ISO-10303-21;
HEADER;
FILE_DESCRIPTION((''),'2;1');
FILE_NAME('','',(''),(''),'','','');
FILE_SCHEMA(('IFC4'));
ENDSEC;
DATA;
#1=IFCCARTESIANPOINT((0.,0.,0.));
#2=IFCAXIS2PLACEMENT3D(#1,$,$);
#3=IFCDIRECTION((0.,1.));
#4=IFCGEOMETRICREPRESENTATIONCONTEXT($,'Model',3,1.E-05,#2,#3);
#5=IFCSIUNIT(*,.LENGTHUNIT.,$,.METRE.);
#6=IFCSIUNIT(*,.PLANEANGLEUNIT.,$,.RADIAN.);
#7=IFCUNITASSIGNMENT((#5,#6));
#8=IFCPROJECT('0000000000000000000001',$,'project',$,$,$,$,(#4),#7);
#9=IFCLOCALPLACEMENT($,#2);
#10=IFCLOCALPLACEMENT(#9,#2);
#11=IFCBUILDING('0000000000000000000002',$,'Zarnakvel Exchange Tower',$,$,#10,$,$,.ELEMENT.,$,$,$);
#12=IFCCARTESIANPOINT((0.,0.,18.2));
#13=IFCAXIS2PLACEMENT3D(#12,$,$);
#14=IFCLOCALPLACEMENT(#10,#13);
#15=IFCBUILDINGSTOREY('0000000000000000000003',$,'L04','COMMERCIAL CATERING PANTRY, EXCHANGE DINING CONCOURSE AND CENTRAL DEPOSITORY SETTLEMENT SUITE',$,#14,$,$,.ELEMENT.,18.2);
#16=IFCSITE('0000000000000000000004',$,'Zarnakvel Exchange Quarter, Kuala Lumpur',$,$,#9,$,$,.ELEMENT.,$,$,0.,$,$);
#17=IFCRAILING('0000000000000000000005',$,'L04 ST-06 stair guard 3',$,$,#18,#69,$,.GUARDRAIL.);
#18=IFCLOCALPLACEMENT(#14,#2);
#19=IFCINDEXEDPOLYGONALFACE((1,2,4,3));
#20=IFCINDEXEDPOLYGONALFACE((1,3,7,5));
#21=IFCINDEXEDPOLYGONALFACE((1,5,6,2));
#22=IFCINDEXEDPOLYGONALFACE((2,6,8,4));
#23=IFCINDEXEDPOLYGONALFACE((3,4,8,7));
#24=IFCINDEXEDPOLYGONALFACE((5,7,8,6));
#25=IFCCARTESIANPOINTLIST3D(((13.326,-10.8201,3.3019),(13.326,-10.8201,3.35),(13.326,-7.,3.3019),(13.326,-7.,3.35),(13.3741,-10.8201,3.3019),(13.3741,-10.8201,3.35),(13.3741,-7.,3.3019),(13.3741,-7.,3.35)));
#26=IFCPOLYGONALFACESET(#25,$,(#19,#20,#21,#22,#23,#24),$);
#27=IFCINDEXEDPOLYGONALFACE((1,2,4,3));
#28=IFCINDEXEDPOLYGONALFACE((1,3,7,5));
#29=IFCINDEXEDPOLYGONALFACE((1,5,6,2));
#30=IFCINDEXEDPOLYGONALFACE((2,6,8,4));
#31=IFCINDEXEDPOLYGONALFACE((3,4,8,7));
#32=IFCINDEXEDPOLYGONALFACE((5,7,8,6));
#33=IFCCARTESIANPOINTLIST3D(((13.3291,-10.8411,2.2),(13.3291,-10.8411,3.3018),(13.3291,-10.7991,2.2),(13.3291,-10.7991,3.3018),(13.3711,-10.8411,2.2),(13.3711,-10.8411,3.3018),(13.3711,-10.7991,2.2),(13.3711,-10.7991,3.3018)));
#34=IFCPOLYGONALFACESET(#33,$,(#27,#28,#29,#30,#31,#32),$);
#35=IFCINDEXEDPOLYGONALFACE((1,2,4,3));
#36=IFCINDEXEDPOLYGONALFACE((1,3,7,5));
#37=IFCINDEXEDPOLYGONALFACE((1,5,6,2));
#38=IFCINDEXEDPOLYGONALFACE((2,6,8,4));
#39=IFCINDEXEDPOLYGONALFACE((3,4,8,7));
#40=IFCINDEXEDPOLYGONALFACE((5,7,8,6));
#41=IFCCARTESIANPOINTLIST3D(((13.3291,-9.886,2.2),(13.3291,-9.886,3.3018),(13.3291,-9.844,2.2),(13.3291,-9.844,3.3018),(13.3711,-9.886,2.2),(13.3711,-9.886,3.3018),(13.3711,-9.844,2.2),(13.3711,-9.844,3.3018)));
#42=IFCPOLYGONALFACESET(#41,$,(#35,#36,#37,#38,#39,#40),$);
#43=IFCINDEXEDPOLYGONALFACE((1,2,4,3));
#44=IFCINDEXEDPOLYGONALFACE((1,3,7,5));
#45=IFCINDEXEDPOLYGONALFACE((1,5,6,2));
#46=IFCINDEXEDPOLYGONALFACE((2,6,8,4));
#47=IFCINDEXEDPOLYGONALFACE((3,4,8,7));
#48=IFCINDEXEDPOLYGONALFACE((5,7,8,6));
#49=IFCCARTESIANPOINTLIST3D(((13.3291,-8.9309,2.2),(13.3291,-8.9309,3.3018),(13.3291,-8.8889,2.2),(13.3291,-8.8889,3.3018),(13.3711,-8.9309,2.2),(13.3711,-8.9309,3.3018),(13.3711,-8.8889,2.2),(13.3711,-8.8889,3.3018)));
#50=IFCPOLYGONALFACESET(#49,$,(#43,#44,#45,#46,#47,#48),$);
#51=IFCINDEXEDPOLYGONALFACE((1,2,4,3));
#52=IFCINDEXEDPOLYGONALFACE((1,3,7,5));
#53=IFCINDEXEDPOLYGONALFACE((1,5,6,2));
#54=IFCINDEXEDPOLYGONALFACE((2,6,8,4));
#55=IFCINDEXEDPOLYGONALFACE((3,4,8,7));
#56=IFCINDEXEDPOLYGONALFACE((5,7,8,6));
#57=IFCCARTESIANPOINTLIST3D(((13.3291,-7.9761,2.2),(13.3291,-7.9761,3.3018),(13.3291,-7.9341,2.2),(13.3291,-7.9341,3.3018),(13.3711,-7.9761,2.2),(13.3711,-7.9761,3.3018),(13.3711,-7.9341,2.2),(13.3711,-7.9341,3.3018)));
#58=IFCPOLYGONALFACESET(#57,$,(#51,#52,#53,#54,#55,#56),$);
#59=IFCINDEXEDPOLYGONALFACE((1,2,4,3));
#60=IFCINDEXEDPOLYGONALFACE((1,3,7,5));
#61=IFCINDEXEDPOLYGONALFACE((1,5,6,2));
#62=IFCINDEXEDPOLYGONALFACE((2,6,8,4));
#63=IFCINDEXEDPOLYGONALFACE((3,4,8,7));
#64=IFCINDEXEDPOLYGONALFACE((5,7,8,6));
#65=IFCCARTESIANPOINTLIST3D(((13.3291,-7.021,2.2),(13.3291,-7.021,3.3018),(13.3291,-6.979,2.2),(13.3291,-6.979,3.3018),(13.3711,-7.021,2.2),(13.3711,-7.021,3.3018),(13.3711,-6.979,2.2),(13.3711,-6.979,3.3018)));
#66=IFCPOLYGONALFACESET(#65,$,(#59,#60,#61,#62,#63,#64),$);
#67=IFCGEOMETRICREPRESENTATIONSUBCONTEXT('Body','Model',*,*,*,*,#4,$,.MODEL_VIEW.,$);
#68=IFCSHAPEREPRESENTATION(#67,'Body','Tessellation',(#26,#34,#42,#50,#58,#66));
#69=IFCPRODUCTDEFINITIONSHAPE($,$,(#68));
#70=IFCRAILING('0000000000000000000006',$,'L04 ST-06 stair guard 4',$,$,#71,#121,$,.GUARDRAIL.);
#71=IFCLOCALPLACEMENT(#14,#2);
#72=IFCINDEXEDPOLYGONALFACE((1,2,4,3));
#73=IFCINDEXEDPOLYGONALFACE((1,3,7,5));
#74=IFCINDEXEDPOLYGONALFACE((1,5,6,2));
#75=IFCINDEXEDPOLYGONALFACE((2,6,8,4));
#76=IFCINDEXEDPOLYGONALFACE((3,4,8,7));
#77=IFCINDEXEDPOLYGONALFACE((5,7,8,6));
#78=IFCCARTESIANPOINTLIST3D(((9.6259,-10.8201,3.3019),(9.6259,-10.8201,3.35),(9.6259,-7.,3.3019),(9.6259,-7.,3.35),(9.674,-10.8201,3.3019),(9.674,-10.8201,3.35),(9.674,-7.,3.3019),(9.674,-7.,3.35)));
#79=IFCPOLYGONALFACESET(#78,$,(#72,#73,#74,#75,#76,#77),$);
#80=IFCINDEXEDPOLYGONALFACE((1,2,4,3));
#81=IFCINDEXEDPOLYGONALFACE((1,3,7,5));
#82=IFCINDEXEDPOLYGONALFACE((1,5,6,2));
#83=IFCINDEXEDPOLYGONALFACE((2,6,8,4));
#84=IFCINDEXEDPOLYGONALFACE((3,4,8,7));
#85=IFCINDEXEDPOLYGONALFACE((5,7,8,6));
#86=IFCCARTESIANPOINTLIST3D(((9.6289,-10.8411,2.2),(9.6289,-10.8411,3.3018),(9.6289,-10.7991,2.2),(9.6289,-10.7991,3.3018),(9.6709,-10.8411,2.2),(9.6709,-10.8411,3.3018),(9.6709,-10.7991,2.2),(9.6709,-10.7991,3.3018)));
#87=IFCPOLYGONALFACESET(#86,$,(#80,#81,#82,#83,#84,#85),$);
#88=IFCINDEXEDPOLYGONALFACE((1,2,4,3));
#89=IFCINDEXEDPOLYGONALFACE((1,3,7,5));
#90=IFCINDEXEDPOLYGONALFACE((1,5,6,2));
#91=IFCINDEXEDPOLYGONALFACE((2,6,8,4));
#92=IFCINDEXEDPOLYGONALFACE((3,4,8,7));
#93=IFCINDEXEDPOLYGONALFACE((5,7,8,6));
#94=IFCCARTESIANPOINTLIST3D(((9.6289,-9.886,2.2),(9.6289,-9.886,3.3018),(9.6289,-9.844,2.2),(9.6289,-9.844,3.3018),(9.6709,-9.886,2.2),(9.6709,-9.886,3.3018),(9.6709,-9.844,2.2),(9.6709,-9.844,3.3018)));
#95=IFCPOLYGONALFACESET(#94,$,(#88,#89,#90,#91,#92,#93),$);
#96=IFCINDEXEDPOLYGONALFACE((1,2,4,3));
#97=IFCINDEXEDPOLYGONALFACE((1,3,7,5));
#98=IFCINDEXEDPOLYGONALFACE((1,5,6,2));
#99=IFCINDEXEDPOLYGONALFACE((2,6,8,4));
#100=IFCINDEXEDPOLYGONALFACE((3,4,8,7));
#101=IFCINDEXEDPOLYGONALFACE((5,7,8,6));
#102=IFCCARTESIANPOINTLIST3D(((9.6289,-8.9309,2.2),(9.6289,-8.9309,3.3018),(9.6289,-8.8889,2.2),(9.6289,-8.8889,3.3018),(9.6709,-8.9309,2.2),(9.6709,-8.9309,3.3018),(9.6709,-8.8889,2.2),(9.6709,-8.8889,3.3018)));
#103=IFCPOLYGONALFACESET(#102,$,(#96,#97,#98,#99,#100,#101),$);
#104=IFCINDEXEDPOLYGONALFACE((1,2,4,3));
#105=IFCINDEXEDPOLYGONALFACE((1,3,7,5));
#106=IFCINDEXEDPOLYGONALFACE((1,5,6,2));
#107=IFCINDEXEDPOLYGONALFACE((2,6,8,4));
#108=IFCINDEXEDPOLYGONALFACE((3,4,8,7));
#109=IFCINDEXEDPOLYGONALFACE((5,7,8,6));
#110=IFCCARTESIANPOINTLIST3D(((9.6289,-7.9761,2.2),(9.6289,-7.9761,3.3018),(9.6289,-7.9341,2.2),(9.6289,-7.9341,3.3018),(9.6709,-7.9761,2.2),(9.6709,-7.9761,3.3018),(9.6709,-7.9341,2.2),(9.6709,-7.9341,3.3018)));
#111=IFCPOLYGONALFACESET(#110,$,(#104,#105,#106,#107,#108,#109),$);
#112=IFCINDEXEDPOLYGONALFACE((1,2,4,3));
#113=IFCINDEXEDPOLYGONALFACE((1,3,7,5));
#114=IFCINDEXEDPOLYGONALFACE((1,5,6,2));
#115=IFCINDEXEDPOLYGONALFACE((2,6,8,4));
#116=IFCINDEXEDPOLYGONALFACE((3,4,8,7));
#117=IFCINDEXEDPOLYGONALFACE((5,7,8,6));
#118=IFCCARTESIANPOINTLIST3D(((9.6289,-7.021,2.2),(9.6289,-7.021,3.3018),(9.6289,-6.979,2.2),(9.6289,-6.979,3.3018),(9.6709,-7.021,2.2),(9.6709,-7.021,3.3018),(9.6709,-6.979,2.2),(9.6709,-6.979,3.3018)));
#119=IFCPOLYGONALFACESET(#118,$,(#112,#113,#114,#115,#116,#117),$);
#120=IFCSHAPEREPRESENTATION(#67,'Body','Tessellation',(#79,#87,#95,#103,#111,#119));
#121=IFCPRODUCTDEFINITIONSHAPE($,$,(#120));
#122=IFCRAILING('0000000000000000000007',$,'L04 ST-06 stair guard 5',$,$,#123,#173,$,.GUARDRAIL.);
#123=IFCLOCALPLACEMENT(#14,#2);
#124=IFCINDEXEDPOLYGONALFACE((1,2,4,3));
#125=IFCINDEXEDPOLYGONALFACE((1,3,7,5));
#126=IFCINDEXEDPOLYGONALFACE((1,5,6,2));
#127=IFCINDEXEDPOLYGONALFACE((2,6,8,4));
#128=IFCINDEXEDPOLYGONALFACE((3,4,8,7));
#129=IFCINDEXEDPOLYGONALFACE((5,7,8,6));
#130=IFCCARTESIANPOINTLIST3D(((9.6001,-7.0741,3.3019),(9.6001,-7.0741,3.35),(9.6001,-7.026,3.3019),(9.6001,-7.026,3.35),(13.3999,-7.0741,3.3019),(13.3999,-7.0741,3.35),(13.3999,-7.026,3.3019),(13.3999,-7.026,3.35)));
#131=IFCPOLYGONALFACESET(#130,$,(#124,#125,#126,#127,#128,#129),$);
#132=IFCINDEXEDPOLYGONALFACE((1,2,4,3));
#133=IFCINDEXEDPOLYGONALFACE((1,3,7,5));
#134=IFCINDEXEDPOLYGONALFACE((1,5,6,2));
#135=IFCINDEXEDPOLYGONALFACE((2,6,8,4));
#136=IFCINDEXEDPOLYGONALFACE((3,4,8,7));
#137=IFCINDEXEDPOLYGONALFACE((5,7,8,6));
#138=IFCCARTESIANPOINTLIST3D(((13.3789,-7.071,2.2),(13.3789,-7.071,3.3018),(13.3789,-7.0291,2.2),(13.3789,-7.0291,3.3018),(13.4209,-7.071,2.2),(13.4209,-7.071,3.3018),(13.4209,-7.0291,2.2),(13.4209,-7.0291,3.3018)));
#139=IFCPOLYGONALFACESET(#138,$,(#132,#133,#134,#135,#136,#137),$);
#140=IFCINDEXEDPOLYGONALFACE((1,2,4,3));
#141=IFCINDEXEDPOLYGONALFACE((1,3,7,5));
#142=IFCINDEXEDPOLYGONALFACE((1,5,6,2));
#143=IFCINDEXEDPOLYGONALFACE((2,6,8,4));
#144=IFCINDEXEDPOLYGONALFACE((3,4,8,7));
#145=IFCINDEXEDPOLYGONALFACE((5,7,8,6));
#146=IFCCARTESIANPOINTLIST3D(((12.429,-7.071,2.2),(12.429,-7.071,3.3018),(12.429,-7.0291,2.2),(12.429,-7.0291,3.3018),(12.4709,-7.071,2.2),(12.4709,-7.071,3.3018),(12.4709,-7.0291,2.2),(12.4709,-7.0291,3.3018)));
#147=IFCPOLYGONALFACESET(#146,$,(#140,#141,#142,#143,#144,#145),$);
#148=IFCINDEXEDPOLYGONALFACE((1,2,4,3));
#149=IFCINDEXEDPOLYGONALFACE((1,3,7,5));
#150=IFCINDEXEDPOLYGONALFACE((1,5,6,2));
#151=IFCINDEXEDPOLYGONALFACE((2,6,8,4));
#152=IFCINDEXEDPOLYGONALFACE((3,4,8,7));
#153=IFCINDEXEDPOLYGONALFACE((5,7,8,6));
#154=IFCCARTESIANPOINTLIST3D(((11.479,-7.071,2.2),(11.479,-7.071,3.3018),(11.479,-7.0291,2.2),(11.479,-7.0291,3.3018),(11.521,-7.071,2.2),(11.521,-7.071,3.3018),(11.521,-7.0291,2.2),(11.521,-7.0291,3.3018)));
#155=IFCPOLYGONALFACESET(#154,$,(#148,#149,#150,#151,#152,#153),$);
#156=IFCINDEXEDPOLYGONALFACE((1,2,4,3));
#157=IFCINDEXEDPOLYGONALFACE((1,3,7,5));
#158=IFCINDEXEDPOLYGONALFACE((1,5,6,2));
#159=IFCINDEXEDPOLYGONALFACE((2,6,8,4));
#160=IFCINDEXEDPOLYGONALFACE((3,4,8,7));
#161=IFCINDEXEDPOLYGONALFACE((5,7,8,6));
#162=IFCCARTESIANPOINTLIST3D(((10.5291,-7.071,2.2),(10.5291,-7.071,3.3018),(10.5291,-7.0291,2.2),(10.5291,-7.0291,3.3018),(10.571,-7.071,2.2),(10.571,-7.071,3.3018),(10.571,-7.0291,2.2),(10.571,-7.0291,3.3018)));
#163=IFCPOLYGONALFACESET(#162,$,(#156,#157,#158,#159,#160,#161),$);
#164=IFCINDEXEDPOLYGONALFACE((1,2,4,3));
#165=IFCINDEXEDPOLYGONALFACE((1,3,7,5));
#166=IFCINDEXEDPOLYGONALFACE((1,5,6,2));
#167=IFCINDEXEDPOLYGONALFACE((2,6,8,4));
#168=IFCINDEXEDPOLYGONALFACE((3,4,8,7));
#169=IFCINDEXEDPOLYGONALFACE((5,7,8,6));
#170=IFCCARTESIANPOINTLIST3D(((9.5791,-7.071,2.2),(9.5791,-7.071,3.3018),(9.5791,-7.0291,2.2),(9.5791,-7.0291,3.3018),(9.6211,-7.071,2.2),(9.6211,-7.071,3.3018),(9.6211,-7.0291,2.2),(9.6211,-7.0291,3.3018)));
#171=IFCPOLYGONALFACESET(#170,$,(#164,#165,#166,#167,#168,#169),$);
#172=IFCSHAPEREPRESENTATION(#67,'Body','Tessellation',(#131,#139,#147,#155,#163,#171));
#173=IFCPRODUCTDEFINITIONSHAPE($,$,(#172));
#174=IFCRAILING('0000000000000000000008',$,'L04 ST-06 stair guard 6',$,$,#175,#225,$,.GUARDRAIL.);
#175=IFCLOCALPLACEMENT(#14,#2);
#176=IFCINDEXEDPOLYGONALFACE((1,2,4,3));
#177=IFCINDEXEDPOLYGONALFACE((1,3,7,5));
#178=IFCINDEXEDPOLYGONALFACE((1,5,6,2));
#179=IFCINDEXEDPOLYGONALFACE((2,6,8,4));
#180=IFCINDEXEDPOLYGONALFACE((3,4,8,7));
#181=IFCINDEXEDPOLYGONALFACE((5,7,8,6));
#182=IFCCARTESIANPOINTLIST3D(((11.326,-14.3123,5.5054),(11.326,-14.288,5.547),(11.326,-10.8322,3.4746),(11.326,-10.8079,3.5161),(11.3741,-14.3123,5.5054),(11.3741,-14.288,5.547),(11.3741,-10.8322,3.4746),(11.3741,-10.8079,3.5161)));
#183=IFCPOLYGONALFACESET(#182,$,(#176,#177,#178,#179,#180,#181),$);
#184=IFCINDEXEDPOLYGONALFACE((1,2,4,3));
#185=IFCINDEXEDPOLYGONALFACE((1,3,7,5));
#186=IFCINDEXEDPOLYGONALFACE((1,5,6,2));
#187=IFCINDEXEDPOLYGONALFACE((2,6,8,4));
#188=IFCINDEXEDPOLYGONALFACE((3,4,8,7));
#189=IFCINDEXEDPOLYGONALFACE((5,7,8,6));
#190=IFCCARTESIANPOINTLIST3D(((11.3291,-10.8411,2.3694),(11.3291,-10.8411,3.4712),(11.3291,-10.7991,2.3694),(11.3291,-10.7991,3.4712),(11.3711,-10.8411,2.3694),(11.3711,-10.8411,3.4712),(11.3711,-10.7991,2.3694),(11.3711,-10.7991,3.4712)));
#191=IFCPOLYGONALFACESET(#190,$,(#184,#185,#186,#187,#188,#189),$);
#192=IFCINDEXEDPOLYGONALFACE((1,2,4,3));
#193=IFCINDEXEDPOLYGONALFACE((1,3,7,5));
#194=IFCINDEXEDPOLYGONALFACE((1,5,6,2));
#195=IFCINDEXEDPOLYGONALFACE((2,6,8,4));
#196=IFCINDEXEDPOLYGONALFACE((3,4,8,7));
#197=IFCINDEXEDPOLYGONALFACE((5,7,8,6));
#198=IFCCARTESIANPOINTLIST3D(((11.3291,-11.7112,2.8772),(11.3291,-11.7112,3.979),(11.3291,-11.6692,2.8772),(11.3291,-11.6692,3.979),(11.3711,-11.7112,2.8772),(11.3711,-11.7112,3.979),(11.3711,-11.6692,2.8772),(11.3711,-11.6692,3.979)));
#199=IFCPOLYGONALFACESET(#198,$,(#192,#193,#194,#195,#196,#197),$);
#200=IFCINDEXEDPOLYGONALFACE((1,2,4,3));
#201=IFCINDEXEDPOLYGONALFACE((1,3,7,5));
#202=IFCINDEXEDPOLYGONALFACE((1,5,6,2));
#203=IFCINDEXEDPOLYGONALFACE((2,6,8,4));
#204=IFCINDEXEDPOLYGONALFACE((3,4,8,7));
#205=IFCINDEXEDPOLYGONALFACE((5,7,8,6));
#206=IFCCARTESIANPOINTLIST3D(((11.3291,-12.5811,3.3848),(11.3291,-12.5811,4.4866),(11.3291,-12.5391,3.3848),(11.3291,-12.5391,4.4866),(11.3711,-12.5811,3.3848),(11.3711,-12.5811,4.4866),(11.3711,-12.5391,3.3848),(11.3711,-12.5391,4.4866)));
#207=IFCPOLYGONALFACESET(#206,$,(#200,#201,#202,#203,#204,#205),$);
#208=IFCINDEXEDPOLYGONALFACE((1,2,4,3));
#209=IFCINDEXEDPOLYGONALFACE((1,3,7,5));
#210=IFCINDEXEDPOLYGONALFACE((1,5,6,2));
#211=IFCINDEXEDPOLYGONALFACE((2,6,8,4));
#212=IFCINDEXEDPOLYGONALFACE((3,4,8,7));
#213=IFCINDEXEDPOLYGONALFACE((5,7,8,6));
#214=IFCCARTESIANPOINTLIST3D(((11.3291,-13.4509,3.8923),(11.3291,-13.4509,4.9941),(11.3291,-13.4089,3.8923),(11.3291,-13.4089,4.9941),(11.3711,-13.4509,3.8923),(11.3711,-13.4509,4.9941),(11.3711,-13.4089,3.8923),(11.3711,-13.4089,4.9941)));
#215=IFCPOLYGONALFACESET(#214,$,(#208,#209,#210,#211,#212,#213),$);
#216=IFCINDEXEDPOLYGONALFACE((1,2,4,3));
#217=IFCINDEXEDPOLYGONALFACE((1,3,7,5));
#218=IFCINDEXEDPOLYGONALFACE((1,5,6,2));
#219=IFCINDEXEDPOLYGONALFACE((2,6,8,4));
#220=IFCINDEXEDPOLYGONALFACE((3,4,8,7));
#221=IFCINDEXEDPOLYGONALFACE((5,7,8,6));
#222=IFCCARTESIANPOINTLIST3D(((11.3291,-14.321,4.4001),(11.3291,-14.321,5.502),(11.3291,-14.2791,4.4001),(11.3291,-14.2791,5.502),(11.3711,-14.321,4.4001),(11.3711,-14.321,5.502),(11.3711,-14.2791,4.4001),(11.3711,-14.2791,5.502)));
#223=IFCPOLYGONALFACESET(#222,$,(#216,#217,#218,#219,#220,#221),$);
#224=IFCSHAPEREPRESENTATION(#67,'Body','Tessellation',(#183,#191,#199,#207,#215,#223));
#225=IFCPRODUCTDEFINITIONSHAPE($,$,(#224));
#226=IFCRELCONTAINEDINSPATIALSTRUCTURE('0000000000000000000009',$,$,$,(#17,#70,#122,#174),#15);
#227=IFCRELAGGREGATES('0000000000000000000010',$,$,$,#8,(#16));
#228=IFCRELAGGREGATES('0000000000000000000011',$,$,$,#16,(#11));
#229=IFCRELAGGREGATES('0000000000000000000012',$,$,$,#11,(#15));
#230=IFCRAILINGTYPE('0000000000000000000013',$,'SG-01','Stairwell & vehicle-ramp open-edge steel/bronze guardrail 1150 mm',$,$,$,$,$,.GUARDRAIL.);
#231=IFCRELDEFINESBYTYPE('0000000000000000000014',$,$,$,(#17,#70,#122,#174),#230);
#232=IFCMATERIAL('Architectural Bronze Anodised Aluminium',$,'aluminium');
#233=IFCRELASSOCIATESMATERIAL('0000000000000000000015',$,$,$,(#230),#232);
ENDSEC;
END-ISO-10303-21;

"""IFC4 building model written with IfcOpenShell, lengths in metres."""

from ifc_helpers import new_model, si_unit, direction, frame, origin, origin_2d, place, context, subcontext, project, spatial, rectangle, extrude, material, type_object, element, save


model = new_model("IFC4")

# Units and contexts
model_context = context("Model", 3, precision=1e-05, world=origin(), true_north=direction((0.0, 1.0)))
body_context = subcontext(model_context, "Body", "Model", "MODEL_VIEW")
ifc_project = project(units=[si_unit("LENGTHUNIT", "METRE"), si_unit("PLANEANGLEUNIT", "RADIAN")], contexts=[model_context])

# Site, building, storey
site_placement = place(None, origin())
site = spatial("IfcSite", under=ifc_project, at=site_placement, Name="Zarnakvel Exchange Quarter, Kuala Lumpur", CompositionType="ELEMENT", RefElevation=0.0)
building_placement = place(site_placement, origin())
building = spatial("IfcBuilding", under=site, at=building_placement, Name="Zarnakvel Exchange Tower", CompositionType="ELEMENT")
storey_placement = place(building_placement, frame((0.0, 0.0, 18.2)))
storey = spatial("IfcBuildingStorey", under=building, at=storey_placement, Name="L04", Description="COMMERCIAL CATERING PANTRY, EXCHANGE DINING CONCOURSE AND CENTRAL DEPOSITORY SETTLEMENT SUITE", CompositionType="ELEMENT", Elevation=18.2)

# Railings
ifc_material_1 = material(Name="Architectural Bronze Anodised Aluminium", Category="aluminium")
railing_type_1 = type_object("IfcRailingType", Name="SG-01", Description="Stairwell & vehicle-ramp open-edge steel/bronze guardrail 1150 mm", PredefinedType="GUARDRAIL", material=ifc_material_1)
for number, where, name in (
    (1, (13.3501, -10.8201, 2.2), "L04 ST-06 stair guard 3"),
    (2, (9.6499, -10.8201, 2.2), "L04 ST-06 stair guard 4"),
):
    element("IfcRailing", number, at=place(storey_placement, frame(where)), inside=storey, type_object=railing_type_1, Name=name, PredefinedType="GUARDRAIL", context=body_context, shape_type="SweptSolid", body=[
        extrude(rectangle(XDim=0.0481, YDim=0.0481, at=origin_2d()), frame((0.0, 0.0, 1.126), z_axis=(0.0, 1.0, 0.0), x_axis=(-1.0, 0.0, 0.0)), (0.0, 0.0, 1.0), 3.8201),
        extrude(rectangle(XDim=0.042, YDim=0.042, at=origin_2d()), origin(), (0.0, 0.0, 1.0), 1.1018),
        extrude(rectangle(XDim=0.042, YDim=0.042, at=origin_2d()), frame((0.0, 0.9551, 0.0)), (0.0, 0.0, 1.0), 1.1018),
        extrude(rectangle(XDim=0.042, YDim=0.042, at=origin_2d()), frame((0.0, 1.9102, 0.0)), (0.0, 0.0, 1.0), 1.1018),
        extrude(rectangle(XDim=0.042, YDim=0.042, at=origin_2d()), frame((0.0, 2.865, 0.0)), (0.0, 0.0, 1.0), 1.1018),
        extrude(rectangle(XDim=0.042, YDim=0.042, at=origin_2d()), frame((0.0, 3.8201, 0.0)), (0.0, 0.0, 1.0), 1.1018),
    ])
railing_1_placement = place(storey_placement, frame((13.3999, -7.05, 2.2)))
element("IfcRailing", 3, at=railing_1_placement, inside=storey, type_object=railing_type_1, Name="L04 ST-06 stair guard 5", PredefinedType="GUARDRAIL", context=body_context, shape_type="SweptSolid", body=[
    extrude(rectangle(XDim=0.0481, YDim=0.0481, at=origin_2d()), frame((0.0, 0.0, 1.126), z_axis=(-1.0, 0.0, 0.0), x_axis=(0.0, -1.0, 0.0)), (0.0, 0.0, 1.0), 3.7998),
    extrude(rectangle(XDim=0.042, YDim=0.042, at=origin_2d()), origin(), (0.0, 0.0, 1.0), 1.1018),
    extrude(rectangle(XDim=0.042, YDim=0.042, at=origin_2d()), frame((-0.95, 0.0, 0.0)), (0.0, 0.0, 1.0), 1.1018),
    extrude(rectangle(XDim=0.042, YDim=0.042, at=origin_2d()), frame((-1.8999, 0.0, 0.0)), (0.0, 0.0, 1.0), 1.1018),
    extrude(rectangle(XDim=0.042, YDim=0.042, at=origin_2d()), frame((-2.8499, 0.0, 0.0)), (0.0, 0.0, 1.0), 1.1018),
    extrude(rectangle(XDim=0.042, YDim=0.042, at=origin_2d()), frame((-3.7998, 0.0, 0.0)), (0.0, 0.0, 1.0), 1.1018),
])
railing_2_placement = place(storey_placement, frame((11.3501, -10.8201, 2.3694)))
element("IfcRailing", 4, at=railing_2_placement, inside=storey, type_object=railing_type_1, Name="L04 ST-06 stair guard 6", PredefinedType="GUARDRAIL", context=body_context, shape_type="SweptSolid", body=[
    extrude(rectangle(XDim=0.0481, YDim=0.0481, at=origin_2d()), frame((0.0, 0.0, 1.126), z_axis=(0.0, -0.863695, 0.504014), x_axis=(1.0, 0.0, 0.0)), (0.0, 0.0, 1.0), 4.0293),
    extrude(rectangle(XDim=0.042, YDim=0.042, at=origin_2d()), origin(), (0.0, 0.0, 1.0), 1.1018),
    extrude(rectangle(XDim=0.042, YDim=0.042, at=origin_2d()), frame((0.0, -0.8701, 0.5078)), (0.0, 0.0, 1.0), 1.1018),
    extrude(rectangle(XDim=0.042, YDim=0.042, at=origin_2d()), frame((0.0, -1.74, 1.0154)), (0.0, 0.0, 1.0), 1.1018),
    extrude(rectangle(XDim=0.042, YDim=0.042, at=origin_2d()), frame((0.0, -2.6099, 1.5229)), (0.0, 0.0, 1.0), 1.1018),
    extrude(rectangle(XDim=0.042, YDim=0.042, at=origin_2d()), frame((0.0, -3.48, 2.0308)), (0.0, 0.0, 1.0), 1.1018),
])

save(model, "model.ifc")
